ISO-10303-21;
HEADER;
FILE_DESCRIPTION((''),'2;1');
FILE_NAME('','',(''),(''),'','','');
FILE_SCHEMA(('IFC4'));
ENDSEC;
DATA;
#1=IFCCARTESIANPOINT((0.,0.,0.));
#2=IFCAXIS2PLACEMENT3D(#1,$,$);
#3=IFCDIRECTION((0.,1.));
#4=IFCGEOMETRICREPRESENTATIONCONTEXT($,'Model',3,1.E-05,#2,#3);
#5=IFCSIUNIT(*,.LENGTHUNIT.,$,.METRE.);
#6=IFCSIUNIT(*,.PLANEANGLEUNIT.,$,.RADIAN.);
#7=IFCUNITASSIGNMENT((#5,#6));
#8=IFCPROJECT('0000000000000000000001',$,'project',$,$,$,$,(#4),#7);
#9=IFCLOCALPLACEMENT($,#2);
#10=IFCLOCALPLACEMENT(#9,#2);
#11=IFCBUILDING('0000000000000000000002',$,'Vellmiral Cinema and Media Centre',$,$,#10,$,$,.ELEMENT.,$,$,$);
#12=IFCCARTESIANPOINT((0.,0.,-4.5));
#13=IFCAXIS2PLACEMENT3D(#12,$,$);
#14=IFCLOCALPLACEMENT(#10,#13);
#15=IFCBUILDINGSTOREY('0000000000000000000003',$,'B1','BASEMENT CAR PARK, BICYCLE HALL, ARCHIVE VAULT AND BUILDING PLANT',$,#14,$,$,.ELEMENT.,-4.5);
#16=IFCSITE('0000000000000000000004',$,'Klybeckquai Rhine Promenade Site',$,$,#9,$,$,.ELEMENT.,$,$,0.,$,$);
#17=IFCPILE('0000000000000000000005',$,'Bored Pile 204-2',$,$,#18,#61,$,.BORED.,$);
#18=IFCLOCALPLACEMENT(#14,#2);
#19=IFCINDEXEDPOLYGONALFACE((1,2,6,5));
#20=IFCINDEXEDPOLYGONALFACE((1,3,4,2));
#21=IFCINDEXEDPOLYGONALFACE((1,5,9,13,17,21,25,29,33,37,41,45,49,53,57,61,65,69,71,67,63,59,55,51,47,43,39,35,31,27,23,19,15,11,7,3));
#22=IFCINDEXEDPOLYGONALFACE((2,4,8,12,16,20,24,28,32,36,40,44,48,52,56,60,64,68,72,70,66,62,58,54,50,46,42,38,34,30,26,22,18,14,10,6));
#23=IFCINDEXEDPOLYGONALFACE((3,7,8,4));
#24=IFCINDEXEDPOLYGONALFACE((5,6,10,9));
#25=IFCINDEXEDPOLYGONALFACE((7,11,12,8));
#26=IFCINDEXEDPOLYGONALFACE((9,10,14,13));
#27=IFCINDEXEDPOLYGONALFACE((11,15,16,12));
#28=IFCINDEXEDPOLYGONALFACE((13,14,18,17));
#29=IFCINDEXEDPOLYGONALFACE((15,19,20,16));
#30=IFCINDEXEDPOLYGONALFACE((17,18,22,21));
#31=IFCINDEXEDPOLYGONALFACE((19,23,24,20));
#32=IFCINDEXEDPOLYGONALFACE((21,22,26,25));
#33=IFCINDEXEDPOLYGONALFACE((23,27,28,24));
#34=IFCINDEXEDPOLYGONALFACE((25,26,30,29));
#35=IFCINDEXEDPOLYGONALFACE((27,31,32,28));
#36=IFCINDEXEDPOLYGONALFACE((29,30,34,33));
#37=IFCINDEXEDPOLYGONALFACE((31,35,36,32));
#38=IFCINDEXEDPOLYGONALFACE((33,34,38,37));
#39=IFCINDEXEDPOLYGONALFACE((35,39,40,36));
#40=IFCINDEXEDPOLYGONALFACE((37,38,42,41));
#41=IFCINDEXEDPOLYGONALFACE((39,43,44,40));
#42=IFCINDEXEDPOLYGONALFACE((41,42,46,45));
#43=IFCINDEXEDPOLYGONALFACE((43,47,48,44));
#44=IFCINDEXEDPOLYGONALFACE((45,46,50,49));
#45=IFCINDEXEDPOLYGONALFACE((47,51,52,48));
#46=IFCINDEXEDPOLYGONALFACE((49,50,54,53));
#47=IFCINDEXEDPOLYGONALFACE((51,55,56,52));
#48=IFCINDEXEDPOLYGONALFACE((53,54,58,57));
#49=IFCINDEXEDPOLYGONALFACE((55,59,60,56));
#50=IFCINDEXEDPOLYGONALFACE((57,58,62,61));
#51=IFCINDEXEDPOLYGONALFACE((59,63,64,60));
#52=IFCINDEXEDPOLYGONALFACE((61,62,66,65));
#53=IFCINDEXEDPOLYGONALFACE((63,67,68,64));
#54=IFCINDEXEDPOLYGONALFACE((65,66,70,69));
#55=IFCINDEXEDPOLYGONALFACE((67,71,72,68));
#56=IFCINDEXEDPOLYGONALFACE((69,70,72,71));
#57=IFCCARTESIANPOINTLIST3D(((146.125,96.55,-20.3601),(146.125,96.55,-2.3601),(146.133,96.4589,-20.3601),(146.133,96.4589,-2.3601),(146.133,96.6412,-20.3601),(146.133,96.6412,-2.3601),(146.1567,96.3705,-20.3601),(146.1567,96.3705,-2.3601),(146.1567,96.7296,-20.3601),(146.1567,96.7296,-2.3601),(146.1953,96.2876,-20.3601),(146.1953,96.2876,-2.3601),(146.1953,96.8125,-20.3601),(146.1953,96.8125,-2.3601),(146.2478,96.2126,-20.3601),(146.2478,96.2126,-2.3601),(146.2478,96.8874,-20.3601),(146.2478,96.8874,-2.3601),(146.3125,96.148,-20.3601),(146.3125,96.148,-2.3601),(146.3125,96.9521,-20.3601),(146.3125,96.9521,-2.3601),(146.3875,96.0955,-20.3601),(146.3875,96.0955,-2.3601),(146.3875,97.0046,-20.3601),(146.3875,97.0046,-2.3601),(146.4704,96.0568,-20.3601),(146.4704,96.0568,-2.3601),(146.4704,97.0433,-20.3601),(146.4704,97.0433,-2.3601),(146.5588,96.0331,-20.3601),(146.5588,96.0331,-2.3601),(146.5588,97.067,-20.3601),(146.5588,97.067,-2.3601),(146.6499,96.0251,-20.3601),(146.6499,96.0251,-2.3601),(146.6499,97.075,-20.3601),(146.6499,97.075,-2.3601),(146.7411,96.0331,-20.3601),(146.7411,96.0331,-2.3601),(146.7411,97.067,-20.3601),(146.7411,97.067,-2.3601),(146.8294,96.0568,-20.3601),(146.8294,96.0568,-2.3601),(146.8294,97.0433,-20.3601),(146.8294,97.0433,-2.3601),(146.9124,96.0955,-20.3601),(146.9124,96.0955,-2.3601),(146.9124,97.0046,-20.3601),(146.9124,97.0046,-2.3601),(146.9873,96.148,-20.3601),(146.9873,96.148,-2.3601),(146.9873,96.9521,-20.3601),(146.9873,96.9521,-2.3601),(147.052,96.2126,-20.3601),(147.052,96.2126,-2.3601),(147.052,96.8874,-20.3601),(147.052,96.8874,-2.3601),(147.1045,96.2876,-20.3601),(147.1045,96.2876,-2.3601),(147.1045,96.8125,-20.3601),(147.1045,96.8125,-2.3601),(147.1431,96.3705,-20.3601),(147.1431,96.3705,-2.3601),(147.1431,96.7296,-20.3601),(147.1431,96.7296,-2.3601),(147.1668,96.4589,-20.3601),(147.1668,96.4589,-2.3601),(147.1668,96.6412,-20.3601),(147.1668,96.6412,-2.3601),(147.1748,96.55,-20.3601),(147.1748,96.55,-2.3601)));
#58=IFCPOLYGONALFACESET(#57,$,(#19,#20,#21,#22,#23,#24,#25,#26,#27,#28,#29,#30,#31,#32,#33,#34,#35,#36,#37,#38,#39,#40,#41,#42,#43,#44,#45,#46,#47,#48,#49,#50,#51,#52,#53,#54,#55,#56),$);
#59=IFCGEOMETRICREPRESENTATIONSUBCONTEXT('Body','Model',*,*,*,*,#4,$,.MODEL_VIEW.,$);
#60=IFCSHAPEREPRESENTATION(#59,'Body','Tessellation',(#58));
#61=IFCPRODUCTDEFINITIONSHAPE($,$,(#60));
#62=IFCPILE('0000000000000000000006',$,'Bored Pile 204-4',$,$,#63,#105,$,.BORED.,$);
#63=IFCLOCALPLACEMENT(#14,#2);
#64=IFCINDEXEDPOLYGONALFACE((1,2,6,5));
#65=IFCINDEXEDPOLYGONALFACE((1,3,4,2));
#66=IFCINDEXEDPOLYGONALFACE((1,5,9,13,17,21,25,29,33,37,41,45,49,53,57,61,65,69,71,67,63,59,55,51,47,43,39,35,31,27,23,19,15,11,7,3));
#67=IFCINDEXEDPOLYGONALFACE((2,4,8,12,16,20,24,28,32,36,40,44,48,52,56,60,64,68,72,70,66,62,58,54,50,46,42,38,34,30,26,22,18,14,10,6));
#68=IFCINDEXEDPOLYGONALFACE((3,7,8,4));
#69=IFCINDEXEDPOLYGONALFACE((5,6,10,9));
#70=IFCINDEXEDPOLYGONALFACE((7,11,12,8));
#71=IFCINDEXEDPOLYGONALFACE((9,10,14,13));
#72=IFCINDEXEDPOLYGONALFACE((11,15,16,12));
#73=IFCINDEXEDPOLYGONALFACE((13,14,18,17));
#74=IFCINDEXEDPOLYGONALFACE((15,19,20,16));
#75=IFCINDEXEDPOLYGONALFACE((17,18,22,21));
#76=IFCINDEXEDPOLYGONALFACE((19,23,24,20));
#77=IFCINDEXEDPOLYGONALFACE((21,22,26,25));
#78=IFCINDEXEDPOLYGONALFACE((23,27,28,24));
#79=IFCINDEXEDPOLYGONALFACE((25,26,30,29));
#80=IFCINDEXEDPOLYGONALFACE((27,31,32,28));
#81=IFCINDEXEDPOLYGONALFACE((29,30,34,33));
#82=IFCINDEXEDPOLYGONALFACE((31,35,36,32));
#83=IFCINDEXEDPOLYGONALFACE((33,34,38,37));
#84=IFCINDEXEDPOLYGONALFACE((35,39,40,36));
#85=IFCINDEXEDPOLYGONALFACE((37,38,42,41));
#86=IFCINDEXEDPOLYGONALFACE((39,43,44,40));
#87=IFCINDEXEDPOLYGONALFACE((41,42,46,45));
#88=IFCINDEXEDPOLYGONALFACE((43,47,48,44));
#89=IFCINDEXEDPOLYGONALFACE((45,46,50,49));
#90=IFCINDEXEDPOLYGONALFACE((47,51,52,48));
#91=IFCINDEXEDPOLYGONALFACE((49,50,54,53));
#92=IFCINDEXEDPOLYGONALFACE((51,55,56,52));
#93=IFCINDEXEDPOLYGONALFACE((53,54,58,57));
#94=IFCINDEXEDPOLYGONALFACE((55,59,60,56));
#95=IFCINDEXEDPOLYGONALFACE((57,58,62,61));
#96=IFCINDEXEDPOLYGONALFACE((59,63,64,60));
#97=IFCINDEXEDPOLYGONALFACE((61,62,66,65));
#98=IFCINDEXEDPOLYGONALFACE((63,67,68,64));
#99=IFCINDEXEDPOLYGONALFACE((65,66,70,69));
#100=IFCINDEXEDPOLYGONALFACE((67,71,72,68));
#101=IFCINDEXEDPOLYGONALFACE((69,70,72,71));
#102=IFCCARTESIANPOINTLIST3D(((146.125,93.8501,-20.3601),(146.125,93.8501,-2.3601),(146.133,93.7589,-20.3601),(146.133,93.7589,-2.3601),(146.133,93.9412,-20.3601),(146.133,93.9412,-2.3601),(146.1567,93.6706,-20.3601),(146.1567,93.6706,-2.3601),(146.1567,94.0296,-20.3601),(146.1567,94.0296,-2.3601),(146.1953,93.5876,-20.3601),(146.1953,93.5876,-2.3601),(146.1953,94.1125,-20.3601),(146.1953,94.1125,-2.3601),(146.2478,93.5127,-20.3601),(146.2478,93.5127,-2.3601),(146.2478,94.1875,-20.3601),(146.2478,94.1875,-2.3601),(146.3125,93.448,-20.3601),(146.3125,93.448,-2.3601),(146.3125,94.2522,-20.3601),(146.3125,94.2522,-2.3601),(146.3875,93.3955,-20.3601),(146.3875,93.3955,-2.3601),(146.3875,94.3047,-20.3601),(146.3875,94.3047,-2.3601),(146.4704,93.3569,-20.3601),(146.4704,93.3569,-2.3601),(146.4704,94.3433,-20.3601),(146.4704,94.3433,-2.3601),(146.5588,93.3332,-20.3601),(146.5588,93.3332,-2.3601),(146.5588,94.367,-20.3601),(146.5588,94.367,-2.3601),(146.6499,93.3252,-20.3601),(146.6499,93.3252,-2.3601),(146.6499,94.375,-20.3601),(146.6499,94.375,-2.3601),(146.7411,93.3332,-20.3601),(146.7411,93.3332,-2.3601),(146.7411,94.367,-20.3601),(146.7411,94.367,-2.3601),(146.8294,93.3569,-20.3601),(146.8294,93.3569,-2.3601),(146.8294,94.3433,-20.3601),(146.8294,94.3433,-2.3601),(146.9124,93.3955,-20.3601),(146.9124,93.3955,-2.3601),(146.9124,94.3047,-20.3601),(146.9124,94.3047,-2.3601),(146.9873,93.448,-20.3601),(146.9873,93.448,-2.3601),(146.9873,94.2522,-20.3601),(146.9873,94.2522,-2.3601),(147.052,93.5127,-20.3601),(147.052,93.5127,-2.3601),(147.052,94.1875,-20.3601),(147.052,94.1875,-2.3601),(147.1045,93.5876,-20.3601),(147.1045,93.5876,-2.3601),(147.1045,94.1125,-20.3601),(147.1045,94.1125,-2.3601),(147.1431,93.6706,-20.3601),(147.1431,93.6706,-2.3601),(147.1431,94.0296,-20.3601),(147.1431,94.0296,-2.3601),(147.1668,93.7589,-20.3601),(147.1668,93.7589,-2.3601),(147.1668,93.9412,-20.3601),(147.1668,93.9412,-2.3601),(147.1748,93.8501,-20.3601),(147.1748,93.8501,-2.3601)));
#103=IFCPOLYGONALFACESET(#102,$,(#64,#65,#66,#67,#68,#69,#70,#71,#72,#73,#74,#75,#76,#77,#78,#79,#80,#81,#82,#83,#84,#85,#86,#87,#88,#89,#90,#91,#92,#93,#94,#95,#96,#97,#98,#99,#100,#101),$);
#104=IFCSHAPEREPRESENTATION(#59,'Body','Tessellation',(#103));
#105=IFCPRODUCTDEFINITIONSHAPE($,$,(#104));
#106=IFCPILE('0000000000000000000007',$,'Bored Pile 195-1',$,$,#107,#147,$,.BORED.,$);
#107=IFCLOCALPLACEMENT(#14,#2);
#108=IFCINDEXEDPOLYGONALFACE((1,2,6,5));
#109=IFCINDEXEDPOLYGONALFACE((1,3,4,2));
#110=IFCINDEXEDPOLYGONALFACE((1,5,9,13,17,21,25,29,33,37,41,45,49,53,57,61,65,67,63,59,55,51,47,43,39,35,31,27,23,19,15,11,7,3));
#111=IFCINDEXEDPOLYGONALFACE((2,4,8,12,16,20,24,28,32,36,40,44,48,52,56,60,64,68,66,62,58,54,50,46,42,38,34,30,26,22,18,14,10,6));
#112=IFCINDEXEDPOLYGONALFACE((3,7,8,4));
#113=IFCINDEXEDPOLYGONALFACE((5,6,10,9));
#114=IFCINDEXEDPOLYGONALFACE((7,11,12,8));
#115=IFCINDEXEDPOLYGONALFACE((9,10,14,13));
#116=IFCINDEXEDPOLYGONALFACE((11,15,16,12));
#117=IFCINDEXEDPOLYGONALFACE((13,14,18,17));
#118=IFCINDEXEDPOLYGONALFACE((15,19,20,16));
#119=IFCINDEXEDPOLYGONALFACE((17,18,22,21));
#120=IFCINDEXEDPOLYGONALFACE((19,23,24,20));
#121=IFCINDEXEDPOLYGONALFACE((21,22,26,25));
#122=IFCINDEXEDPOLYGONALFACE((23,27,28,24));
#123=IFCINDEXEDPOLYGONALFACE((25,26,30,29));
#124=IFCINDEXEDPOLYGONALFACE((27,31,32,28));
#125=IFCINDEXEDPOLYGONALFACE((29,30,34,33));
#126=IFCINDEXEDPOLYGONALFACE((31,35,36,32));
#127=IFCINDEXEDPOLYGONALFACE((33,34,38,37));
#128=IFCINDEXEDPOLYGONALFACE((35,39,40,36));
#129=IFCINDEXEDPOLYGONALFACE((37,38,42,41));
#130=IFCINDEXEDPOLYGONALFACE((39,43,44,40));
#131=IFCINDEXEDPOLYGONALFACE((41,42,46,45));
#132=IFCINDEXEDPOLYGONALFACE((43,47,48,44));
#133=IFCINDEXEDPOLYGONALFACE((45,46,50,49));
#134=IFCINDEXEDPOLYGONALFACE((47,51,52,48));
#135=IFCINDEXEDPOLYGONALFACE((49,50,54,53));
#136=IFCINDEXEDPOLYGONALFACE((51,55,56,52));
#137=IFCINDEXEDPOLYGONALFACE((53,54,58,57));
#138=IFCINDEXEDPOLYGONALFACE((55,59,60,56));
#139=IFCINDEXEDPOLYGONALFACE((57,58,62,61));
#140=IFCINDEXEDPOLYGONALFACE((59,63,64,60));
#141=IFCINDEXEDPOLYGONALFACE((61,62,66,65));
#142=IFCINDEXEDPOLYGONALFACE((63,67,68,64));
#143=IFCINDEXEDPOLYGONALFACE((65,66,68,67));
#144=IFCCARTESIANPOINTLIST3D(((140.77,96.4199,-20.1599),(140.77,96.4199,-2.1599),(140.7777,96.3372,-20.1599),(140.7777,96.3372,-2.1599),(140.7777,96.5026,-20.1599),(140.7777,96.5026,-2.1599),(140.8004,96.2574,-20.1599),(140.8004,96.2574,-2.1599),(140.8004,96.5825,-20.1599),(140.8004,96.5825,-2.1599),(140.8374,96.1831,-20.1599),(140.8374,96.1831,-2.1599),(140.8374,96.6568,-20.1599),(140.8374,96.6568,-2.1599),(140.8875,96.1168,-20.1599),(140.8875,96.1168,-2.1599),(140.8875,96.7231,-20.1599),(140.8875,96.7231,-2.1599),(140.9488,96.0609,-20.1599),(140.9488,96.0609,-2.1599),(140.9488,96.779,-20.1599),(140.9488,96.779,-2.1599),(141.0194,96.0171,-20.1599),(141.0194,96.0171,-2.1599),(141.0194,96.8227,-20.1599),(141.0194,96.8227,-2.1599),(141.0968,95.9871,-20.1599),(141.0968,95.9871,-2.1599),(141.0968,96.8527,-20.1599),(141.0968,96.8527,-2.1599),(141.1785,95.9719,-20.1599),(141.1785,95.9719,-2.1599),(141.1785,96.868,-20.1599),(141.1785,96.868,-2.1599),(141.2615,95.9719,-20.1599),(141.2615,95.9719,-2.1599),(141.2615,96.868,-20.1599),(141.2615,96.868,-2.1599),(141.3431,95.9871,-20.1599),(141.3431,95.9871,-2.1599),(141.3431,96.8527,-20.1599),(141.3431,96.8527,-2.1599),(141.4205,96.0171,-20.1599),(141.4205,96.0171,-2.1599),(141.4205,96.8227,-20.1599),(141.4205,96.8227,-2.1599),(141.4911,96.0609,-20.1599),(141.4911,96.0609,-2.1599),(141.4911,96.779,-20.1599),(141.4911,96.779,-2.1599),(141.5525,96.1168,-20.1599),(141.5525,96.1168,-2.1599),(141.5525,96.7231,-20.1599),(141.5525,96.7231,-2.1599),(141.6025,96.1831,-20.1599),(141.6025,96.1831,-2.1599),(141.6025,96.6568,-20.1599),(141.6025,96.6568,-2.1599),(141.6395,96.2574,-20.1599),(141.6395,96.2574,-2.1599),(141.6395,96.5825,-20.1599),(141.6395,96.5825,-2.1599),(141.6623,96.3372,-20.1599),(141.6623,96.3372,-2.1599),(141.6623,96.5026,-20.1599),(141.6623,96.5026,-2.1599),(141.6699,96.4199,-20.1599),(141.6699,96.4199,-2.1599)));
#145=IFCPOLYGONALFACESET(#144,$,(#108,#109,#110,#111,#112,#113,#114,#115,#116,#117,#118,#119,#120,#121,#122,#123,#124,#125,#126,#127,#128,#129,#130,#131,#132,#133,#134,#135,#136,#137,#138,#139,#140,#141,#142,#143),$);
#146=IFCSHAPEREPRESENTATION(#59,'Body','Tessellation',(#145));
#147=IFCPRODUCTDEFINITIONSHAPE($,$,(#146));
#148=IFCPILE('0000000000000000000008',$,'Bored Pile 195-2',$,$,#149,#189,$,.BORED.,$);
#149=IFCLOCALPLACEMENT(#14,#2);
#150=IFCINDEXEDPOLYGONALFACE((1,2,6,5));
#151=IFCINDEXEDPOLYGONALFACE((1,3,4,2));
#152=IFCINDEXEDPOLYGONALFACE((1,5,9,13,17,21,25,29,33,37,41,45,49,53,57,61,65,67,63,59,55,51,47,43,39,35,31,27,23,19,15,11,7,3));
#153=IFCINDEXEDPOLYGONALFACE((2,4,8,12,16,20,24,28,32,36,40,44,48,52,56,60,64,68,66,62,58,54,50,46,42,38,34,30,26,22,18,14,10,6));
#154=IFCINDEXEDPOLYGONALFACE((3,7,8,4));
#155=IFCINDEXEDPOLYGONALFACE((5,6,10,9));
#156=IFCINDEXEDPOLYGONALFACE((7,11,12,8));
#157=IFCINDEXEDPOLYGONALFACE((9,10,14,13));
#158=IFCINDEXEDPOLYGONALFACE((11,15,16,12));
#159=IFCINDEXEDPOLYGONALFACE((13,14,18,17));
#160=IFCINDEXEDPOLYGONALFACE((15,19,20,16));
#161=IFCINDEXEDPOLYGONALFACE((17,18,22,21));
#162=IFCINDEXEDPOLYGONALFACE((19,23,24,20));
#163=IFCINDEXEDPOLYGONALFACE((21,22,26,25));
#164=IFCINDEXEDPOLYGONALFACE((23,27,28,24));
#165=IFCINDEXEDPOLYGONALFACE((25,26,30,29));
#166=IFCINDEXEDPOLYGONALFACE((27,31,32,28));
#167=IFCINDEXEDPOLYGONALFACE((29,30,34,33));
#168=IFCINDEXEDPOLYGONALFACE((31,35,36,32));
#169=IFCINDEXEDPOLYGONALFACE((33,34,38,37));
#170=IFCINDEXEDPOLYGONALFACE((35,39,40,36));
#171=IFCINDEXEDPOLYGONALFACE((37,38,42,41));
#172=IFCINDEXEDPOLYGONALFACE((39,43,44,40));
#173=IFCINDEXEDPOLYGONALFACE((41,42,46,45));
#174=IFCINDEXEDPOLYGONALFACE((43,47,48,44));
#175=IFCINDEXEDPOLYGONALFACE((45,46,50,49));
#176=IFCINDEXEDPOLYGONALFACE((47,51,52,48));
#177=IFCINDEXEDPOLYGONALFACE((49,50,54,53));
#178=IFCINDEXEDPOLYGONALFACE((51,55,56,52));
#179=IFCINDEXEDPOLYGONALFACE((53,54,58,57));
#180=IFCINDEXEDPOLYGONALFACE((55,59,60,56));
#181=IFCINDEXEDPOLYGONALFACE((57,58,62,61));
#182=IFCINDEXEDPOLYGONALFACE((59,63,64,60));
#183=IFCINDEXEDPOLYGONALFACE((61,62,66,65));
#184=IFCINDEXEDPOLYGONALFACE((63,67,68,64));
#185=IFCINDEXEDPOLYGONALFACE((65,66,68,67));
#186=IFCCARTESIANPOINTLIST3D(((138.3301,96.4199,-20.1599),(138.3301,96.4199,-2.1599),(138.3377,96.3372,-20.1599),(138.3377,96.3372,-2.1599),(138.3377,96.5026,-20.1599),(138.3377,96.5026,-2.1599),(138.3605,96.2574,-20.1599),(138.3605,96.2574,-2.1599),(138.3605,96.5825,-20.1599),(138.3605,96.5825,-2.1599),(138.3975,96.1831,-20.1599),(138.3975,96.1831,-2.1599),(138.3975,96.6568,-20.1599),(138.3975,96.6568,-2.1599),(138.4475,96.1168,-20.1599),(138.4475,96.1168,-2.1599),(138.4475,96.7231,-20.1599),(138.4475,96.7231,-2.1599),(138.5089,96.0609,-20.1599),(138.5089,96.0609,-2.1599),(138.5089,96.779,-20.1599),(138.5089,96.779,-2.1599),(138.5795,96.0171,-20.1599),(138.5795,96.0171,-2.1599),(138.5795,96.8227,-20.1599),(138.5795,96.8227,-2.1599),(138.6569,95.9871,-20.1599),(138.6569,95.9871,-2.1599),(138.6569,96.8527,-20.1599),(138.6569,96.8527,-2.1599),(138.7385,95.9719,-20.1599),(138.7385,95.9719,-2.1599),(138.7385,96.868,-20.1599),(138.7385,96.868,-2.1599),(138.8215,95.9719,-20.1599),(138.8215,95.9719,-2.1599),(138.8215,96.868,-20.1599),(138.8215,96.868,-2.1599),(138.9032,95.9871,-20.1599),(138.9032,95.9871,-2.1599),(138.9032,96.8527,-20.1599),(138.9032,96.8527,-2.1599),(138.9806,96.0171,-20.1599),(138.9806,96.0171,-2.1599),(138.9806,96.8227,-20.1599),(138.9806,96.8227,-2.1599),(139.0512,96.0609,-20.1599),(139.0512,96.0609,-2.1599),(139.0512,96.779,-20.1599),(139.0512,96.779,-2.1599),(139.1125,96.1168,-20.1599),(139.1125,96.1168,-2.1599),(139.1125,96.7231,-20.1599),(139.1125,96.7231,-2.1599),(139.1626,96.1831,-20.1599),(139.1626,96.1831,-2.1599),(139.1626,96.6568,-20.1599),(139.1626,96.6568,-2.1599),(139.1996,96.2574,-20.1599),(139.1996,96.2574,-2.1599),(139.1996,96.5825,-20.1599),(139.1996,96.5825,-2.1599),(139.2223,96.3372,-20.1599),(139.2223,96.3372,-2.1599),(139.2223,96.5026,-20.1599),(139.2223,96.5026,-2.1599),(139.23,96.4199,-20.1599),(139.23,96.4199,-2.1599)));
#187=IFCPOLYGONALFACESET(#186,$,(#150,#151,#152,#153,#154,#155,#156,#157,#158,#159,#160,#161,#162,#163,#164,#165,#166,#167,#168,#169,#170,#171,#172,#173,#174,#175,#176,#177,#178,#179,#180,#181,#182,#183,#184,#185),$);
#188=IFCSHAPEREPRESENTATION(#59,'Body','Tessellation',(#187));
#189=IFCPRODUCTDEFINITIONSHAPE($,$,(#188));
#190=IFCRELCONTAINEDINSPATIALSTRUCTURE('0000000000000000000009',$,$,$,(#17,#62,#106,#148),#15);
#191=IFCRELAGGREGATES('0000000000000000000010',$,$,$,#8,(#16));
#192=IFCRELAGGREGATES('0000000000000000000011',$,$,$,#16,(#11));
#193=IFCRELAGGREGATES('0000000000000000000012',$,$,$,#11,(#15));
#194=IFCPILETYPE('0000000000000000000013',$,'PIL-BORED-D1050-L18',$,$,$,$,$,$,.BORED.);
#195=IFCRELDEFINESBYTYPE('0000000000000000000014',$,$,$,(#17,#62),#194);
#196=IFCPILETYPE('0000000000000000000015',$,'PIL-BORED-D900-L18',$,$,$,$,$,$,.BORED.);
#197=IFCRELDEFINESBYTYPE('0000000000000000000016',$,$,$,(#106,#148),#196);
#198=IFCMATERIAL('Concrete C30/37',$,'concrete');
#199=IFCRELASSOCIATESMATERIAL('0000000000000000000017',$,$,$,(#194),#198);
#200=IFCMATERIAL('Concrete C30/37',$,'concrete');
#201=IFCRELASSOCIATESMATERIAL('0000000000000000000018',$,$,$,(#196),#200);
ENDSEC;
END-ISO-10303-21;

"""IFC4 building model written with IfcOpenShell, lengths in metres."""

from ifc_helpers import new_model, si_unit, direction, frame, origin, origin_2d, place, context, subcontext, project, spatial, circle, extrude, material, material_profile, profile_set, type_object, element, save


model = new_model("IFC4")

# Units and contexts
model_context = context("Model", 3, precision=1e-05, world=origin(), true_north=direction((0.0, 1.0)))
body_context = subcontext(model_context, "Body", "Model", "MODEL_VIEW")
ifc_project = project(units=[si_unit("LENGTHUNIT", "METRE"), si_unit("PLANEANGLEUNIT", "RADIAN")], contexts=[model_context])

# Site, building, storey
site_placement = place(None, origin())
site = spatial("IfcSite", under=ifc_project, at=site_placement, Name="Klybeckquai Rhine Promenade Site", CompositionType="ELEMENT", RefElevation=0.0)
building_placement = place(site_placement, origin())
building = spatial("IfcBuilding", under=site, at=building_placement, Name="Vellmiral Cinema and Media Centre", CompositionType="ELEMENT")
storey_placement = place(building_placement, frame((0.0, 0.0, -4.5)))
storey = spatial("IfcBuildingStorey", under=building, at=storey_placement, Name="B1", Description="BASEMENT CAR PARK, BICYCLE HALL, ARCHIVE VAULT AND BUILDING PLANT", CompositionType="ELEMENT", Elevation=-4.5)

# Piles
ifc_material_1 = material(Name="Concrete C30/37", Category="concrete")
ifc_material_profile_1 = material_profile(ifc_material_1, circle(Radius=0.5249, at=origin_2d()), Name="PILE D1050")
ifc_profile_set_1 = profile_set([ifc_material_profile_1], Name="Concrete C30/37")
pile_type_1 = type_object("IfcPileType", Name="PIL-BORED-D1050-L18", PredefinedType="BORED", material=ifc_profile_set_1)
for number, where, z_axis, x_axis, name in (
    (1, (146.6499, 96.55, -2.3601), (0.0, 0.0, -1.0), (1.0, 0.0, 0.0), "Bored Pile 204-2"),
    (2, (146.6499, 93.8501, -2.3601), (0.0, 0.0, -1.0), (1.0, 0.0, 0.0), "Bored Pile 204-4"),
):
    element("IfcPile", number, at=place(storey_placement, frame(where, z_axis=z_axis, x_axis=x_axis)), inside=storey, type_object=pile_type_1, Name=name, PredefinedType="BORED", context=body_context, shape_type="SweptSolid", body=[
        extrude(circle(Radius=0.5249, at=origin_2d()), origin(), (0.0, 0.0, 1.0), 18.0),
    ])
ifc_material_2 = material(Name="Concrete C30/37", Category="concrete")
ifc_material_profile_2 = material_profile(ifc_material_2, circle(Radius=0.45, at=origin_2d()), Name="PILE D900")
ifc_profile_set_2 = profile_set([ifc_material_profile_2], Name="Concrete C30/37")
pile_type_2 = type_object("IfcPileType", Name="PIL-BORED-D900-L18", PredefinedType="BORED", material=ifc_profile_set_2)
for number, where, z_axis, x_axis, name in (
    (3, (141.22, 96.4199, -2.1599), (0.0, 0.0, -1.0), (1.0, 0.0, 0.0), "Bored Pile 195-1"),
    (4, (138.78, 96.4199, -2.1599), (0.0, 0.0, -1.0), (1.0, 0.0, 0.0), "Bored Pile 195-2"),
):
    element("IfcPile", number, at=place(storey_placement, frame(where, z_axis=z_axis, x_axis=x_axis)), inside=storey, type_object=pile_type_2, Name=name, PredefinedType="BORED", context=body_context, shape_type="SweptSolid", body=[
        extrude(circle(Radius=0.45, at=origin_2d()), origin(), (0.0, 0.0, 1.0), 18.0),
    ])

save(model, "model.ifc")
